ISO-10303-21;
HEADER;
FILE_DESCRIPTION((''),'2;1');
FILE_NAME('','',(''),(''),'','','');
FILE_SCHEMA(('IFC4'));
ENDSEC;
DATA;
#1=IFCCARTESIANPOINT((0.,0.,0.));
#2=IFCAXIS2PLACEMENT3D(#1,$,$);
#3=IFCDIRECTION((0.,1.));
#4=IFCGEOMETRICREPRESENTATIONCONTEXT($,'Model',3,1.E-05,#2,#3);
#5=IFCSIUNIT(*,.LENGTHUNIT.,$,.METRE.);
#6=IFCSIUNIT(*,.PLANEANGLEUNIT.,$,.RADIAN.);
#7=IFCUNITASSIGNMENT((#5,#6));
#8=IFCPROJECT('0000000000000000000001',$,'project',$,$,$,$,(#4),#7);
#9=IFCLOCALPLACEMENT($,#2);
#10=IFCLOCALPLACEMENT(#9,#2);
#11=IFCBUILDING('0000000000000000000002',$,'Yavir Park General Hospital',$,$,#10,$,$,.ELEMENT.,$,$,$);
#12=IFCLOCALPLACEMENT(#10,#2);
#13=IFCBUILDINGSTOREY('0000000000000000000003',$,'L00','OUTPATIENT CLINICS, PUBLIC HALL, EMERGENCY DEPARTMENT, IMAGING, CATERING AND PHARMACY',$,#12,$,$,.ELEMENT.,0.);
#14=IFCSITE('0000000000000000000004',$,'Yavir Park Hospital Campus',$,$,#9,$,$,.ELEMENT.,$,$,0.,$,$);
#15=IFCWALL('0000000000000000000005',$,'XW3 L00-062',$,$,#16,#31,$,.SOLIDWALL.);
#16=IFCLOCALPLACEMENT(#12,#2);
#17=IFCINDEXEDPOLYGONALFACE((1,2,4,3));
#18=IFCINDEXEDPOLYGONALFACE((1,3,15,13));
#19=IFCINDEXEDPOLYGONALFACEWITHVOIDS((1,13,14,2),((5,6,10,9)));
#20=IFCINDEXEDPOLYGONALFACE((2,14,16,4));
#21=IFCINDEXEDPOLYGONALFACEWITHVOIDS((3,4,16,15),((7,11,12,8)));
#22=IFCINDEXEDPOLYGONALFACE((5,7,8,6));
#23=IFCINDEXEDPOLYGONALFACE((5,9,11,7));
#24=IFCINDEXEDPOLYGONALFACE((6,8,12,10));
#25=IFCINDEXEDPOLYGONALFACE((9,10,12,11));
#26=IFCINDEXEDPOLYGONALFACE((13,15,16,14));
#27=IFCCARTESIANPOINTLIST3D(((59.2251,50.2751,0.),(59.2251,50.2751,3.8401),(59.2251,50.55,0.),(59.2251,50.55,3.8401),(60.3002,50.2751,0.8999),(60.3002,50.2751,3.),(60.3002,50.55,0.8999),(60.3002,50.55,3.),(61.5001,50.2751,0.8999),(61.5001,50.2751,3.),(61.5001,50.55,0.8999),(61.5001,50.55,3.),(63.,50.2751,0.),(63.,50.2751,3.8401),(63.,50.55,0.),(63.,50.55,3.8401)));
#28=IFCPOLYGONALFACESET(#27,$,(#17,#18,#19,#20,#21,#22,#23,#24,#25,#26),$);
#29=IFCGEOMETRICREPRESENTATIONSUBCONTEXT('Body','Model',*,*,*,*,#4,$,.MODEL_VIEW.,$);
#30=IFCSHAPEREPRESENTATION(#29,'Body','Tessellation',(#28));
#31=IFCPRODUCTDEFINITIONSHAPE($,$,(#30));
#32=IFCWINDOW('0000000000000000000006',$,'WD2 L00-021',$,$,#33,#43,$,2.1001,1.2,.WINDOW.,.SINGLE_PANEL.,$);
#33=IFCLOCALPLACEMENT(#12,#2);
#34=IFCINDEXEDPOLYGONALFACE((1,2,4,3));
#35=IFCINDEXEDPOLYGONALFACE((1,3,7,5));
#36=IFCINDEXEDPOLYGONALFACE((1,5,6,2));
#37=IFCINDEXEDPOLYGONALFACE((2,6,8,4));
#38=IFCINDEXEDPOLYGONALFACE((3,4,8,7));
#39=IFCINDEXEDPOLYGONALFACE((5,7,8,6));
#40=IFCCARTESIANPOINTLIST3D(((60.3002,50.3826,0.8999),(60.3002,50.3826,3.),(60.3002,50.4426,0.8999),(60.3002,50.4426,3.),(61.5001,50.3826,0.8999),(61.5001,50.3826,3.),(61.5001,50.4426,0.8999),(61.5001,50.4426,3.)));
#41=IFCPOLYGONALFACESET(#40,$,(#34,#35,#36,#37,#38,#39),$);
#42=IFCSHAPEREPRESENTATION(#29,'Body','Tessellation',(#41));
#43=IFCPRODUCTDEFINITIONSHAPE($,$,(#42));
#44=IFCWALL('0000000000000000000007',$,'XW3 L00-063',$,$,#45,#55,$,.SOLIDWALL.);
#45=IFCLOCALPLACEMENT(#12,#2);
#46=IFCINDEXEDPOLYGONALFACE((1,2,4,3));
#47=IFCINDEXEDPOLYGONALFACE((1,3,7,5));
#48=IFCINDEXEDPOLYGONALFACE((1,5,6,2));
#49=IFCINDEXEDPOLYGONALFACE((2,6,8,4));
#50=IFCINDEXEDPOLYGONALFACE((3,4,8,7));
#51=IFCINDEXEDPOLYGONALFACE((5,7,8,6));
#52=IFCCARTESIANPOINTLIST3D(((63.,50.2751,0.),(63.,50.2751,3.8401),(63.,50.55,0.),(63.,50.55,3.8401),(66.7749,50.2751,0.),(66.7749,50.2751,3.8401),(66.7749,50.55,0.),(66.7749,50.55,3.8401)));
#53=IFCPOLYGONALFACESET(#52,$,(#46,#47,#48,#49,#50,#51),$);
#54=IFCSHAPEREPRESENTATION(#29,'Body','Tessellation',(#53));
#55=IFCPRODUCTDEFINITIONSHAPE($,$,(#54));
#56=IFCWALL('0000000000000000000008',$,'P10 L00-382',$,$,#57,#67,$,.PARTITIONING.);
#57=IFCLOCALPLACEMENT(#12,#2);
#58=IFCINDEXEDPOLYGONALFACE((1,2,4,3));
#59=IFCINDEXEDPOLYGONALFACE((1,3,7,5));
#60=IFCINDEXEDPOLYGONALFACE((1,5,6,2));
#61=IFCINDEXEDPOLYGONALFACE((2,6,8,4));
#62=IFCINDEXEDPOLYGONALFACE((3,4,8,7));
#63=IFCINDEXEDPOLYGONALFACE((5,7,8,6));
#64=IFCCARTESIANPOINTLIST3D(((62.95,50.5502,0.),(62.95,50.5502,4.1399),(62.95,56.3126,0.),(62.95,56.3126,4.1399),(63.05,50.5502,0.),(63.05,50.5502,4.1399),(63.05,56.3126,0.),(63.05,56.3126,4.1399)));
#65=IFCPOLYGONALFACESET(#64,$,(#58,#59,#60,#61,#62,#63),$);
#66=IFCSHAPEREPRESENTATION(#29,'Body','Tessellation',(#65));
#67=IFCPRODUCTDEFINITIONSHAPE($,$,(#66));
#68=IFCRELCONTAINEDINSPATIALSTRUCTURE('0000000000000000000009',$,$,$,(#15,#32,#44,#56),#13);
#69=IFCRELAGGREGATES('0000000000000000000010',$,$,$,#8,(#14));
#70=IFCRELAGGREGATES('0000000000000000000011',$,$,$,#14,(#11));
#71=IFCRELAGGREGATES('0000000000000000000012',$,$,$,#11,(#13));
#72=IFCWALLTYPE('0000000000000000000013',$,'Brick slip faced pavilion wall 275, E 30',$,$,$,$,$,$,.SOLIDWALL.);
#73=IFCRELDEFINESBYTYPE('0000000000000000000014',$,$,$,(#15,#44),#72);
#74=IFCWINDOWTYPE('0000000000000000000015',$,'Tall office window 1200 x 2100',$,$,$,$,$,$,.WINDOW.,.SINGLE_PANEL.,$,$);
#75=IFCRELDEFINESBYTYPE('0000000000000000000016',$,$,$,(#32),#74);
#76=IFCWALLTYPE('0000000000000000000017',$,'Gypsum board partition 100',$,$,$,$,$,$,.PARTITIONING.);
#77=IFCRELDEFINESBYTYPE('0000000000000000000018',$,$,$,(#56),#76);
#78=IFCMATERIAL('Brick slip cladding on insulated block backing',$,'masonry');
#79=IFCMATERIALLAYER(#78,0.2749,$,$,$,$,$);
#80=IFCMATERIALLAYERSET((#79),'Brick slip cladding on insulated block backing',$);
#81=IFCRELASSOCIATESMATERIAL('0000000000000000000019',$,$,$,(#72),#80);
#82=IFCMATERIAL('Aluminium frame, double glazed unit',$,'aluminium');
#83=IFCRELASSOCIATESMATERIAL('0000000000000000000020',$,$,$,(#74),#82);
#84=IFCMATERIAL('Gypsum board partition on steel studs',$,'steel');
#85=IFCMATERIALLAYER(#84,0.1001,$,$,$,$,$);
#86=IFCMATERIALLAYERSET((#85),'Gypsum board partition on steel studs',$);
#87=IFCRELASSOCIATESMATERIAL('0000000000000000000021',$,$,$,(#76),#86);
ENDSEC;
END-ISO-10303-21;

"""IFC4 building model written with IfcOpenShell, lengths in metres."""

from ifc_helpers import new_model, si_unit, direction, frame, frame_2d, origin, place, context, subcontext, project, spatial, rectangle, extrude, material, layer, layer_set, type_object, element, fill, save


model = new_model("IFC4")

# Units and contexts
model_context = context("Model", 3, precision=1e-05, world=origin(), true_north=direction((0.0, 1.0)))
body_context = subcontext(model_context, "Body", "Model", "MODEL_VIEW")
ifc_project = project(units=[si_unit("LENGTHUNIT", "METRE"), si_unit("PLANEANGLEUNIT", "RADIAN")], contexts=[model_context])

# Site, building, storey
site_placement = place(None, origin())
site = spatial("IfcSite", under=ifc_project, at=site_placement, Name="Yavir Park Hospital Campus", CompositionType="ELEMENT", RefElevation=0.0)
building_placement = place(site_placement, origin())
building = spatial("IfcBuilding", under=site, at=building_placement, Name="Yavir Park General Hospital", CompositionType="ELEMENT")
storey_placement = place(building_placement, origin())
storey = spatial("IfcBuildingStorey", under=building, at=storey_placement, Name="L00", Description="OUTPATIENT CLINICS, PUBLIC HALL, EMERGENCY DEPARTMENT, IMAGING, CATERING AND PHARMACY", CompositionType="ELEMENT", Elevation=0.0)

# Shared definitions
ifc_material_1 = material(Name="Brick slip cladding on insulated block backing", Category="masonry")
ifc_layer_1 = layer(ifc_material_1, 0.2749)
ifc_layer_set_1 = layer_set([ifc_layer_1], Name="Brick slip cladding on insulated block backing")
wall_type_1 = type_object("IfcWallType", Name="Brick slip faced pavilion wall 275, E 30", PredefinedType="SOLIDWALL", material=ifc_layer_set_1)
ifc_material_2 = material(Name="Aluminium frame, double glazed unit", Category="aluminium")
window_type = type_object("IfcWindowType", Name="Tall office window 1200 x 2100", PartitioningType="SINGLE_PANEL", PredefinedType="WINDOW", material=ifc_material_2)

# Wall, opening, window
wall_1_placement = place(storey_placement, frame((59.2251, 50.4126, 0.0), z_axis=(0.0, 0.0, 1.0), x_axis=(1.0, 0.0, 0.0)))
wall_1 = element("IfcWall", 1, at=wall_1_placement, inside=storey, type_object=wall_type_1, Name="XW3 L00-062", PredefinedType="SOLIDWALL", context=body_context, shape_type="SweptSolid", body=[
    extrude(rectangle(XDim=3.7749, YDim=0.2749, at=frame_2d((1.8875, 0.0))), origin(), (0.0, 0.0, 1.0), 3.8401),
])
opening_1_placement = place(wall_1_placement, frame((1.075, 0.0, 0.8999)))
opening_1 = element("IfcOpeningElement", 2, at=opening_1_placement, cuts=wall_1, PredefinedType="OPENING", context=body_context, shape_type="SweptSolid", body=[
    extrude(rectangle(XDim=1.2, YDim=2.1001, at=frame_2d((0.6001, 1.05))), frame((0.0, 0.1475, 0.0), z_axis=(0.0, -1.0, 0.0), x_axis=(1.0, 0.0, 0.0)), (0.0, 0.0, 1.0), 0.2949),
])
window_1_placement = place(opening_1_placement, origin())
window_1 = element("IfcWindow", 3, at=window_1_placement, inside=storey, type_object=window_type, Name="WD2 L00-021", OverallHeight=2.1001, OverallWidth=1.2, PartitioningType="SINGLE_PANEL", PredefinedType="WINDOW", context=body_context, shape_type="SweptSolid", body=[
    extrude(rectangle(XDim=1.2, YDim=2.1001, at=frame_2d((0.6001, 1.05))), frame((0.0, 0.03, 0.0), z_axis=(0.0, -1.0, 0.0), x_axis=(1.0, 0.0, 0.0)), (0.0, 0.0, 1.0), 0.0601),
])
fill(opening_1, window_1)

# Walls
wall_2_placement = place(storey_placement, frame((63.0, 50.4126, 0.0), z_axis=(0.0, 0.0, 1.0), x_axis=(1.0, 0.0, 0.0)))
element("IfcWall", 4, at=wall_2_placement, inside=storey, type_object=wall_type_1, Name="XW3 L00-063", PredefinedType="SOLIDWALL", context=body_context, shape_type="SweptSolid", body=[
    extrude(rectangle(XDim=3.7749, YDim=0.2749, at=frame_2d((1.8875, 0.0))), origin(), (0.0, 0.0, 1.0), 3.8401),
])
ifc_material_3 = material(Name="Gypsum board partition on steel studs", Category="steel")
ifc_layer_2 = layer(ifc_material_3, 0.1001)
ifc_layer_set_2 = layer_set([ifc_layer_2], Name="Gypsum board partition on steel studs")
wall_type_2 = type_object("IfcWallType", Name="Gypsum board partition 100", PredefinedType="PARTITIONING", material=ifc_layer_set_2)
wall_3_placement = place(storey_placement, frame((63.0, 50.55, 0.0), z_axis=(0.0, 0.0, 1.0), x_axis=(0.0, 1.0, 0.0)))
element("IfcWall", 5, at=wall_3_placement, inside=storey, type_object=wall_type_2, Name="P10 L00-382", PredefinedType="PARTITIONING", context=body_context, shape_type="SweptSolid", body=[
    extrude(rectangle(XDim=5.7625, YDim=0.1001, at=frame_2d((2.8813, 0.0))), origin(), (0.0, 0.0, 1.0), 4.1399),
])

save(model, "model.ifc")
